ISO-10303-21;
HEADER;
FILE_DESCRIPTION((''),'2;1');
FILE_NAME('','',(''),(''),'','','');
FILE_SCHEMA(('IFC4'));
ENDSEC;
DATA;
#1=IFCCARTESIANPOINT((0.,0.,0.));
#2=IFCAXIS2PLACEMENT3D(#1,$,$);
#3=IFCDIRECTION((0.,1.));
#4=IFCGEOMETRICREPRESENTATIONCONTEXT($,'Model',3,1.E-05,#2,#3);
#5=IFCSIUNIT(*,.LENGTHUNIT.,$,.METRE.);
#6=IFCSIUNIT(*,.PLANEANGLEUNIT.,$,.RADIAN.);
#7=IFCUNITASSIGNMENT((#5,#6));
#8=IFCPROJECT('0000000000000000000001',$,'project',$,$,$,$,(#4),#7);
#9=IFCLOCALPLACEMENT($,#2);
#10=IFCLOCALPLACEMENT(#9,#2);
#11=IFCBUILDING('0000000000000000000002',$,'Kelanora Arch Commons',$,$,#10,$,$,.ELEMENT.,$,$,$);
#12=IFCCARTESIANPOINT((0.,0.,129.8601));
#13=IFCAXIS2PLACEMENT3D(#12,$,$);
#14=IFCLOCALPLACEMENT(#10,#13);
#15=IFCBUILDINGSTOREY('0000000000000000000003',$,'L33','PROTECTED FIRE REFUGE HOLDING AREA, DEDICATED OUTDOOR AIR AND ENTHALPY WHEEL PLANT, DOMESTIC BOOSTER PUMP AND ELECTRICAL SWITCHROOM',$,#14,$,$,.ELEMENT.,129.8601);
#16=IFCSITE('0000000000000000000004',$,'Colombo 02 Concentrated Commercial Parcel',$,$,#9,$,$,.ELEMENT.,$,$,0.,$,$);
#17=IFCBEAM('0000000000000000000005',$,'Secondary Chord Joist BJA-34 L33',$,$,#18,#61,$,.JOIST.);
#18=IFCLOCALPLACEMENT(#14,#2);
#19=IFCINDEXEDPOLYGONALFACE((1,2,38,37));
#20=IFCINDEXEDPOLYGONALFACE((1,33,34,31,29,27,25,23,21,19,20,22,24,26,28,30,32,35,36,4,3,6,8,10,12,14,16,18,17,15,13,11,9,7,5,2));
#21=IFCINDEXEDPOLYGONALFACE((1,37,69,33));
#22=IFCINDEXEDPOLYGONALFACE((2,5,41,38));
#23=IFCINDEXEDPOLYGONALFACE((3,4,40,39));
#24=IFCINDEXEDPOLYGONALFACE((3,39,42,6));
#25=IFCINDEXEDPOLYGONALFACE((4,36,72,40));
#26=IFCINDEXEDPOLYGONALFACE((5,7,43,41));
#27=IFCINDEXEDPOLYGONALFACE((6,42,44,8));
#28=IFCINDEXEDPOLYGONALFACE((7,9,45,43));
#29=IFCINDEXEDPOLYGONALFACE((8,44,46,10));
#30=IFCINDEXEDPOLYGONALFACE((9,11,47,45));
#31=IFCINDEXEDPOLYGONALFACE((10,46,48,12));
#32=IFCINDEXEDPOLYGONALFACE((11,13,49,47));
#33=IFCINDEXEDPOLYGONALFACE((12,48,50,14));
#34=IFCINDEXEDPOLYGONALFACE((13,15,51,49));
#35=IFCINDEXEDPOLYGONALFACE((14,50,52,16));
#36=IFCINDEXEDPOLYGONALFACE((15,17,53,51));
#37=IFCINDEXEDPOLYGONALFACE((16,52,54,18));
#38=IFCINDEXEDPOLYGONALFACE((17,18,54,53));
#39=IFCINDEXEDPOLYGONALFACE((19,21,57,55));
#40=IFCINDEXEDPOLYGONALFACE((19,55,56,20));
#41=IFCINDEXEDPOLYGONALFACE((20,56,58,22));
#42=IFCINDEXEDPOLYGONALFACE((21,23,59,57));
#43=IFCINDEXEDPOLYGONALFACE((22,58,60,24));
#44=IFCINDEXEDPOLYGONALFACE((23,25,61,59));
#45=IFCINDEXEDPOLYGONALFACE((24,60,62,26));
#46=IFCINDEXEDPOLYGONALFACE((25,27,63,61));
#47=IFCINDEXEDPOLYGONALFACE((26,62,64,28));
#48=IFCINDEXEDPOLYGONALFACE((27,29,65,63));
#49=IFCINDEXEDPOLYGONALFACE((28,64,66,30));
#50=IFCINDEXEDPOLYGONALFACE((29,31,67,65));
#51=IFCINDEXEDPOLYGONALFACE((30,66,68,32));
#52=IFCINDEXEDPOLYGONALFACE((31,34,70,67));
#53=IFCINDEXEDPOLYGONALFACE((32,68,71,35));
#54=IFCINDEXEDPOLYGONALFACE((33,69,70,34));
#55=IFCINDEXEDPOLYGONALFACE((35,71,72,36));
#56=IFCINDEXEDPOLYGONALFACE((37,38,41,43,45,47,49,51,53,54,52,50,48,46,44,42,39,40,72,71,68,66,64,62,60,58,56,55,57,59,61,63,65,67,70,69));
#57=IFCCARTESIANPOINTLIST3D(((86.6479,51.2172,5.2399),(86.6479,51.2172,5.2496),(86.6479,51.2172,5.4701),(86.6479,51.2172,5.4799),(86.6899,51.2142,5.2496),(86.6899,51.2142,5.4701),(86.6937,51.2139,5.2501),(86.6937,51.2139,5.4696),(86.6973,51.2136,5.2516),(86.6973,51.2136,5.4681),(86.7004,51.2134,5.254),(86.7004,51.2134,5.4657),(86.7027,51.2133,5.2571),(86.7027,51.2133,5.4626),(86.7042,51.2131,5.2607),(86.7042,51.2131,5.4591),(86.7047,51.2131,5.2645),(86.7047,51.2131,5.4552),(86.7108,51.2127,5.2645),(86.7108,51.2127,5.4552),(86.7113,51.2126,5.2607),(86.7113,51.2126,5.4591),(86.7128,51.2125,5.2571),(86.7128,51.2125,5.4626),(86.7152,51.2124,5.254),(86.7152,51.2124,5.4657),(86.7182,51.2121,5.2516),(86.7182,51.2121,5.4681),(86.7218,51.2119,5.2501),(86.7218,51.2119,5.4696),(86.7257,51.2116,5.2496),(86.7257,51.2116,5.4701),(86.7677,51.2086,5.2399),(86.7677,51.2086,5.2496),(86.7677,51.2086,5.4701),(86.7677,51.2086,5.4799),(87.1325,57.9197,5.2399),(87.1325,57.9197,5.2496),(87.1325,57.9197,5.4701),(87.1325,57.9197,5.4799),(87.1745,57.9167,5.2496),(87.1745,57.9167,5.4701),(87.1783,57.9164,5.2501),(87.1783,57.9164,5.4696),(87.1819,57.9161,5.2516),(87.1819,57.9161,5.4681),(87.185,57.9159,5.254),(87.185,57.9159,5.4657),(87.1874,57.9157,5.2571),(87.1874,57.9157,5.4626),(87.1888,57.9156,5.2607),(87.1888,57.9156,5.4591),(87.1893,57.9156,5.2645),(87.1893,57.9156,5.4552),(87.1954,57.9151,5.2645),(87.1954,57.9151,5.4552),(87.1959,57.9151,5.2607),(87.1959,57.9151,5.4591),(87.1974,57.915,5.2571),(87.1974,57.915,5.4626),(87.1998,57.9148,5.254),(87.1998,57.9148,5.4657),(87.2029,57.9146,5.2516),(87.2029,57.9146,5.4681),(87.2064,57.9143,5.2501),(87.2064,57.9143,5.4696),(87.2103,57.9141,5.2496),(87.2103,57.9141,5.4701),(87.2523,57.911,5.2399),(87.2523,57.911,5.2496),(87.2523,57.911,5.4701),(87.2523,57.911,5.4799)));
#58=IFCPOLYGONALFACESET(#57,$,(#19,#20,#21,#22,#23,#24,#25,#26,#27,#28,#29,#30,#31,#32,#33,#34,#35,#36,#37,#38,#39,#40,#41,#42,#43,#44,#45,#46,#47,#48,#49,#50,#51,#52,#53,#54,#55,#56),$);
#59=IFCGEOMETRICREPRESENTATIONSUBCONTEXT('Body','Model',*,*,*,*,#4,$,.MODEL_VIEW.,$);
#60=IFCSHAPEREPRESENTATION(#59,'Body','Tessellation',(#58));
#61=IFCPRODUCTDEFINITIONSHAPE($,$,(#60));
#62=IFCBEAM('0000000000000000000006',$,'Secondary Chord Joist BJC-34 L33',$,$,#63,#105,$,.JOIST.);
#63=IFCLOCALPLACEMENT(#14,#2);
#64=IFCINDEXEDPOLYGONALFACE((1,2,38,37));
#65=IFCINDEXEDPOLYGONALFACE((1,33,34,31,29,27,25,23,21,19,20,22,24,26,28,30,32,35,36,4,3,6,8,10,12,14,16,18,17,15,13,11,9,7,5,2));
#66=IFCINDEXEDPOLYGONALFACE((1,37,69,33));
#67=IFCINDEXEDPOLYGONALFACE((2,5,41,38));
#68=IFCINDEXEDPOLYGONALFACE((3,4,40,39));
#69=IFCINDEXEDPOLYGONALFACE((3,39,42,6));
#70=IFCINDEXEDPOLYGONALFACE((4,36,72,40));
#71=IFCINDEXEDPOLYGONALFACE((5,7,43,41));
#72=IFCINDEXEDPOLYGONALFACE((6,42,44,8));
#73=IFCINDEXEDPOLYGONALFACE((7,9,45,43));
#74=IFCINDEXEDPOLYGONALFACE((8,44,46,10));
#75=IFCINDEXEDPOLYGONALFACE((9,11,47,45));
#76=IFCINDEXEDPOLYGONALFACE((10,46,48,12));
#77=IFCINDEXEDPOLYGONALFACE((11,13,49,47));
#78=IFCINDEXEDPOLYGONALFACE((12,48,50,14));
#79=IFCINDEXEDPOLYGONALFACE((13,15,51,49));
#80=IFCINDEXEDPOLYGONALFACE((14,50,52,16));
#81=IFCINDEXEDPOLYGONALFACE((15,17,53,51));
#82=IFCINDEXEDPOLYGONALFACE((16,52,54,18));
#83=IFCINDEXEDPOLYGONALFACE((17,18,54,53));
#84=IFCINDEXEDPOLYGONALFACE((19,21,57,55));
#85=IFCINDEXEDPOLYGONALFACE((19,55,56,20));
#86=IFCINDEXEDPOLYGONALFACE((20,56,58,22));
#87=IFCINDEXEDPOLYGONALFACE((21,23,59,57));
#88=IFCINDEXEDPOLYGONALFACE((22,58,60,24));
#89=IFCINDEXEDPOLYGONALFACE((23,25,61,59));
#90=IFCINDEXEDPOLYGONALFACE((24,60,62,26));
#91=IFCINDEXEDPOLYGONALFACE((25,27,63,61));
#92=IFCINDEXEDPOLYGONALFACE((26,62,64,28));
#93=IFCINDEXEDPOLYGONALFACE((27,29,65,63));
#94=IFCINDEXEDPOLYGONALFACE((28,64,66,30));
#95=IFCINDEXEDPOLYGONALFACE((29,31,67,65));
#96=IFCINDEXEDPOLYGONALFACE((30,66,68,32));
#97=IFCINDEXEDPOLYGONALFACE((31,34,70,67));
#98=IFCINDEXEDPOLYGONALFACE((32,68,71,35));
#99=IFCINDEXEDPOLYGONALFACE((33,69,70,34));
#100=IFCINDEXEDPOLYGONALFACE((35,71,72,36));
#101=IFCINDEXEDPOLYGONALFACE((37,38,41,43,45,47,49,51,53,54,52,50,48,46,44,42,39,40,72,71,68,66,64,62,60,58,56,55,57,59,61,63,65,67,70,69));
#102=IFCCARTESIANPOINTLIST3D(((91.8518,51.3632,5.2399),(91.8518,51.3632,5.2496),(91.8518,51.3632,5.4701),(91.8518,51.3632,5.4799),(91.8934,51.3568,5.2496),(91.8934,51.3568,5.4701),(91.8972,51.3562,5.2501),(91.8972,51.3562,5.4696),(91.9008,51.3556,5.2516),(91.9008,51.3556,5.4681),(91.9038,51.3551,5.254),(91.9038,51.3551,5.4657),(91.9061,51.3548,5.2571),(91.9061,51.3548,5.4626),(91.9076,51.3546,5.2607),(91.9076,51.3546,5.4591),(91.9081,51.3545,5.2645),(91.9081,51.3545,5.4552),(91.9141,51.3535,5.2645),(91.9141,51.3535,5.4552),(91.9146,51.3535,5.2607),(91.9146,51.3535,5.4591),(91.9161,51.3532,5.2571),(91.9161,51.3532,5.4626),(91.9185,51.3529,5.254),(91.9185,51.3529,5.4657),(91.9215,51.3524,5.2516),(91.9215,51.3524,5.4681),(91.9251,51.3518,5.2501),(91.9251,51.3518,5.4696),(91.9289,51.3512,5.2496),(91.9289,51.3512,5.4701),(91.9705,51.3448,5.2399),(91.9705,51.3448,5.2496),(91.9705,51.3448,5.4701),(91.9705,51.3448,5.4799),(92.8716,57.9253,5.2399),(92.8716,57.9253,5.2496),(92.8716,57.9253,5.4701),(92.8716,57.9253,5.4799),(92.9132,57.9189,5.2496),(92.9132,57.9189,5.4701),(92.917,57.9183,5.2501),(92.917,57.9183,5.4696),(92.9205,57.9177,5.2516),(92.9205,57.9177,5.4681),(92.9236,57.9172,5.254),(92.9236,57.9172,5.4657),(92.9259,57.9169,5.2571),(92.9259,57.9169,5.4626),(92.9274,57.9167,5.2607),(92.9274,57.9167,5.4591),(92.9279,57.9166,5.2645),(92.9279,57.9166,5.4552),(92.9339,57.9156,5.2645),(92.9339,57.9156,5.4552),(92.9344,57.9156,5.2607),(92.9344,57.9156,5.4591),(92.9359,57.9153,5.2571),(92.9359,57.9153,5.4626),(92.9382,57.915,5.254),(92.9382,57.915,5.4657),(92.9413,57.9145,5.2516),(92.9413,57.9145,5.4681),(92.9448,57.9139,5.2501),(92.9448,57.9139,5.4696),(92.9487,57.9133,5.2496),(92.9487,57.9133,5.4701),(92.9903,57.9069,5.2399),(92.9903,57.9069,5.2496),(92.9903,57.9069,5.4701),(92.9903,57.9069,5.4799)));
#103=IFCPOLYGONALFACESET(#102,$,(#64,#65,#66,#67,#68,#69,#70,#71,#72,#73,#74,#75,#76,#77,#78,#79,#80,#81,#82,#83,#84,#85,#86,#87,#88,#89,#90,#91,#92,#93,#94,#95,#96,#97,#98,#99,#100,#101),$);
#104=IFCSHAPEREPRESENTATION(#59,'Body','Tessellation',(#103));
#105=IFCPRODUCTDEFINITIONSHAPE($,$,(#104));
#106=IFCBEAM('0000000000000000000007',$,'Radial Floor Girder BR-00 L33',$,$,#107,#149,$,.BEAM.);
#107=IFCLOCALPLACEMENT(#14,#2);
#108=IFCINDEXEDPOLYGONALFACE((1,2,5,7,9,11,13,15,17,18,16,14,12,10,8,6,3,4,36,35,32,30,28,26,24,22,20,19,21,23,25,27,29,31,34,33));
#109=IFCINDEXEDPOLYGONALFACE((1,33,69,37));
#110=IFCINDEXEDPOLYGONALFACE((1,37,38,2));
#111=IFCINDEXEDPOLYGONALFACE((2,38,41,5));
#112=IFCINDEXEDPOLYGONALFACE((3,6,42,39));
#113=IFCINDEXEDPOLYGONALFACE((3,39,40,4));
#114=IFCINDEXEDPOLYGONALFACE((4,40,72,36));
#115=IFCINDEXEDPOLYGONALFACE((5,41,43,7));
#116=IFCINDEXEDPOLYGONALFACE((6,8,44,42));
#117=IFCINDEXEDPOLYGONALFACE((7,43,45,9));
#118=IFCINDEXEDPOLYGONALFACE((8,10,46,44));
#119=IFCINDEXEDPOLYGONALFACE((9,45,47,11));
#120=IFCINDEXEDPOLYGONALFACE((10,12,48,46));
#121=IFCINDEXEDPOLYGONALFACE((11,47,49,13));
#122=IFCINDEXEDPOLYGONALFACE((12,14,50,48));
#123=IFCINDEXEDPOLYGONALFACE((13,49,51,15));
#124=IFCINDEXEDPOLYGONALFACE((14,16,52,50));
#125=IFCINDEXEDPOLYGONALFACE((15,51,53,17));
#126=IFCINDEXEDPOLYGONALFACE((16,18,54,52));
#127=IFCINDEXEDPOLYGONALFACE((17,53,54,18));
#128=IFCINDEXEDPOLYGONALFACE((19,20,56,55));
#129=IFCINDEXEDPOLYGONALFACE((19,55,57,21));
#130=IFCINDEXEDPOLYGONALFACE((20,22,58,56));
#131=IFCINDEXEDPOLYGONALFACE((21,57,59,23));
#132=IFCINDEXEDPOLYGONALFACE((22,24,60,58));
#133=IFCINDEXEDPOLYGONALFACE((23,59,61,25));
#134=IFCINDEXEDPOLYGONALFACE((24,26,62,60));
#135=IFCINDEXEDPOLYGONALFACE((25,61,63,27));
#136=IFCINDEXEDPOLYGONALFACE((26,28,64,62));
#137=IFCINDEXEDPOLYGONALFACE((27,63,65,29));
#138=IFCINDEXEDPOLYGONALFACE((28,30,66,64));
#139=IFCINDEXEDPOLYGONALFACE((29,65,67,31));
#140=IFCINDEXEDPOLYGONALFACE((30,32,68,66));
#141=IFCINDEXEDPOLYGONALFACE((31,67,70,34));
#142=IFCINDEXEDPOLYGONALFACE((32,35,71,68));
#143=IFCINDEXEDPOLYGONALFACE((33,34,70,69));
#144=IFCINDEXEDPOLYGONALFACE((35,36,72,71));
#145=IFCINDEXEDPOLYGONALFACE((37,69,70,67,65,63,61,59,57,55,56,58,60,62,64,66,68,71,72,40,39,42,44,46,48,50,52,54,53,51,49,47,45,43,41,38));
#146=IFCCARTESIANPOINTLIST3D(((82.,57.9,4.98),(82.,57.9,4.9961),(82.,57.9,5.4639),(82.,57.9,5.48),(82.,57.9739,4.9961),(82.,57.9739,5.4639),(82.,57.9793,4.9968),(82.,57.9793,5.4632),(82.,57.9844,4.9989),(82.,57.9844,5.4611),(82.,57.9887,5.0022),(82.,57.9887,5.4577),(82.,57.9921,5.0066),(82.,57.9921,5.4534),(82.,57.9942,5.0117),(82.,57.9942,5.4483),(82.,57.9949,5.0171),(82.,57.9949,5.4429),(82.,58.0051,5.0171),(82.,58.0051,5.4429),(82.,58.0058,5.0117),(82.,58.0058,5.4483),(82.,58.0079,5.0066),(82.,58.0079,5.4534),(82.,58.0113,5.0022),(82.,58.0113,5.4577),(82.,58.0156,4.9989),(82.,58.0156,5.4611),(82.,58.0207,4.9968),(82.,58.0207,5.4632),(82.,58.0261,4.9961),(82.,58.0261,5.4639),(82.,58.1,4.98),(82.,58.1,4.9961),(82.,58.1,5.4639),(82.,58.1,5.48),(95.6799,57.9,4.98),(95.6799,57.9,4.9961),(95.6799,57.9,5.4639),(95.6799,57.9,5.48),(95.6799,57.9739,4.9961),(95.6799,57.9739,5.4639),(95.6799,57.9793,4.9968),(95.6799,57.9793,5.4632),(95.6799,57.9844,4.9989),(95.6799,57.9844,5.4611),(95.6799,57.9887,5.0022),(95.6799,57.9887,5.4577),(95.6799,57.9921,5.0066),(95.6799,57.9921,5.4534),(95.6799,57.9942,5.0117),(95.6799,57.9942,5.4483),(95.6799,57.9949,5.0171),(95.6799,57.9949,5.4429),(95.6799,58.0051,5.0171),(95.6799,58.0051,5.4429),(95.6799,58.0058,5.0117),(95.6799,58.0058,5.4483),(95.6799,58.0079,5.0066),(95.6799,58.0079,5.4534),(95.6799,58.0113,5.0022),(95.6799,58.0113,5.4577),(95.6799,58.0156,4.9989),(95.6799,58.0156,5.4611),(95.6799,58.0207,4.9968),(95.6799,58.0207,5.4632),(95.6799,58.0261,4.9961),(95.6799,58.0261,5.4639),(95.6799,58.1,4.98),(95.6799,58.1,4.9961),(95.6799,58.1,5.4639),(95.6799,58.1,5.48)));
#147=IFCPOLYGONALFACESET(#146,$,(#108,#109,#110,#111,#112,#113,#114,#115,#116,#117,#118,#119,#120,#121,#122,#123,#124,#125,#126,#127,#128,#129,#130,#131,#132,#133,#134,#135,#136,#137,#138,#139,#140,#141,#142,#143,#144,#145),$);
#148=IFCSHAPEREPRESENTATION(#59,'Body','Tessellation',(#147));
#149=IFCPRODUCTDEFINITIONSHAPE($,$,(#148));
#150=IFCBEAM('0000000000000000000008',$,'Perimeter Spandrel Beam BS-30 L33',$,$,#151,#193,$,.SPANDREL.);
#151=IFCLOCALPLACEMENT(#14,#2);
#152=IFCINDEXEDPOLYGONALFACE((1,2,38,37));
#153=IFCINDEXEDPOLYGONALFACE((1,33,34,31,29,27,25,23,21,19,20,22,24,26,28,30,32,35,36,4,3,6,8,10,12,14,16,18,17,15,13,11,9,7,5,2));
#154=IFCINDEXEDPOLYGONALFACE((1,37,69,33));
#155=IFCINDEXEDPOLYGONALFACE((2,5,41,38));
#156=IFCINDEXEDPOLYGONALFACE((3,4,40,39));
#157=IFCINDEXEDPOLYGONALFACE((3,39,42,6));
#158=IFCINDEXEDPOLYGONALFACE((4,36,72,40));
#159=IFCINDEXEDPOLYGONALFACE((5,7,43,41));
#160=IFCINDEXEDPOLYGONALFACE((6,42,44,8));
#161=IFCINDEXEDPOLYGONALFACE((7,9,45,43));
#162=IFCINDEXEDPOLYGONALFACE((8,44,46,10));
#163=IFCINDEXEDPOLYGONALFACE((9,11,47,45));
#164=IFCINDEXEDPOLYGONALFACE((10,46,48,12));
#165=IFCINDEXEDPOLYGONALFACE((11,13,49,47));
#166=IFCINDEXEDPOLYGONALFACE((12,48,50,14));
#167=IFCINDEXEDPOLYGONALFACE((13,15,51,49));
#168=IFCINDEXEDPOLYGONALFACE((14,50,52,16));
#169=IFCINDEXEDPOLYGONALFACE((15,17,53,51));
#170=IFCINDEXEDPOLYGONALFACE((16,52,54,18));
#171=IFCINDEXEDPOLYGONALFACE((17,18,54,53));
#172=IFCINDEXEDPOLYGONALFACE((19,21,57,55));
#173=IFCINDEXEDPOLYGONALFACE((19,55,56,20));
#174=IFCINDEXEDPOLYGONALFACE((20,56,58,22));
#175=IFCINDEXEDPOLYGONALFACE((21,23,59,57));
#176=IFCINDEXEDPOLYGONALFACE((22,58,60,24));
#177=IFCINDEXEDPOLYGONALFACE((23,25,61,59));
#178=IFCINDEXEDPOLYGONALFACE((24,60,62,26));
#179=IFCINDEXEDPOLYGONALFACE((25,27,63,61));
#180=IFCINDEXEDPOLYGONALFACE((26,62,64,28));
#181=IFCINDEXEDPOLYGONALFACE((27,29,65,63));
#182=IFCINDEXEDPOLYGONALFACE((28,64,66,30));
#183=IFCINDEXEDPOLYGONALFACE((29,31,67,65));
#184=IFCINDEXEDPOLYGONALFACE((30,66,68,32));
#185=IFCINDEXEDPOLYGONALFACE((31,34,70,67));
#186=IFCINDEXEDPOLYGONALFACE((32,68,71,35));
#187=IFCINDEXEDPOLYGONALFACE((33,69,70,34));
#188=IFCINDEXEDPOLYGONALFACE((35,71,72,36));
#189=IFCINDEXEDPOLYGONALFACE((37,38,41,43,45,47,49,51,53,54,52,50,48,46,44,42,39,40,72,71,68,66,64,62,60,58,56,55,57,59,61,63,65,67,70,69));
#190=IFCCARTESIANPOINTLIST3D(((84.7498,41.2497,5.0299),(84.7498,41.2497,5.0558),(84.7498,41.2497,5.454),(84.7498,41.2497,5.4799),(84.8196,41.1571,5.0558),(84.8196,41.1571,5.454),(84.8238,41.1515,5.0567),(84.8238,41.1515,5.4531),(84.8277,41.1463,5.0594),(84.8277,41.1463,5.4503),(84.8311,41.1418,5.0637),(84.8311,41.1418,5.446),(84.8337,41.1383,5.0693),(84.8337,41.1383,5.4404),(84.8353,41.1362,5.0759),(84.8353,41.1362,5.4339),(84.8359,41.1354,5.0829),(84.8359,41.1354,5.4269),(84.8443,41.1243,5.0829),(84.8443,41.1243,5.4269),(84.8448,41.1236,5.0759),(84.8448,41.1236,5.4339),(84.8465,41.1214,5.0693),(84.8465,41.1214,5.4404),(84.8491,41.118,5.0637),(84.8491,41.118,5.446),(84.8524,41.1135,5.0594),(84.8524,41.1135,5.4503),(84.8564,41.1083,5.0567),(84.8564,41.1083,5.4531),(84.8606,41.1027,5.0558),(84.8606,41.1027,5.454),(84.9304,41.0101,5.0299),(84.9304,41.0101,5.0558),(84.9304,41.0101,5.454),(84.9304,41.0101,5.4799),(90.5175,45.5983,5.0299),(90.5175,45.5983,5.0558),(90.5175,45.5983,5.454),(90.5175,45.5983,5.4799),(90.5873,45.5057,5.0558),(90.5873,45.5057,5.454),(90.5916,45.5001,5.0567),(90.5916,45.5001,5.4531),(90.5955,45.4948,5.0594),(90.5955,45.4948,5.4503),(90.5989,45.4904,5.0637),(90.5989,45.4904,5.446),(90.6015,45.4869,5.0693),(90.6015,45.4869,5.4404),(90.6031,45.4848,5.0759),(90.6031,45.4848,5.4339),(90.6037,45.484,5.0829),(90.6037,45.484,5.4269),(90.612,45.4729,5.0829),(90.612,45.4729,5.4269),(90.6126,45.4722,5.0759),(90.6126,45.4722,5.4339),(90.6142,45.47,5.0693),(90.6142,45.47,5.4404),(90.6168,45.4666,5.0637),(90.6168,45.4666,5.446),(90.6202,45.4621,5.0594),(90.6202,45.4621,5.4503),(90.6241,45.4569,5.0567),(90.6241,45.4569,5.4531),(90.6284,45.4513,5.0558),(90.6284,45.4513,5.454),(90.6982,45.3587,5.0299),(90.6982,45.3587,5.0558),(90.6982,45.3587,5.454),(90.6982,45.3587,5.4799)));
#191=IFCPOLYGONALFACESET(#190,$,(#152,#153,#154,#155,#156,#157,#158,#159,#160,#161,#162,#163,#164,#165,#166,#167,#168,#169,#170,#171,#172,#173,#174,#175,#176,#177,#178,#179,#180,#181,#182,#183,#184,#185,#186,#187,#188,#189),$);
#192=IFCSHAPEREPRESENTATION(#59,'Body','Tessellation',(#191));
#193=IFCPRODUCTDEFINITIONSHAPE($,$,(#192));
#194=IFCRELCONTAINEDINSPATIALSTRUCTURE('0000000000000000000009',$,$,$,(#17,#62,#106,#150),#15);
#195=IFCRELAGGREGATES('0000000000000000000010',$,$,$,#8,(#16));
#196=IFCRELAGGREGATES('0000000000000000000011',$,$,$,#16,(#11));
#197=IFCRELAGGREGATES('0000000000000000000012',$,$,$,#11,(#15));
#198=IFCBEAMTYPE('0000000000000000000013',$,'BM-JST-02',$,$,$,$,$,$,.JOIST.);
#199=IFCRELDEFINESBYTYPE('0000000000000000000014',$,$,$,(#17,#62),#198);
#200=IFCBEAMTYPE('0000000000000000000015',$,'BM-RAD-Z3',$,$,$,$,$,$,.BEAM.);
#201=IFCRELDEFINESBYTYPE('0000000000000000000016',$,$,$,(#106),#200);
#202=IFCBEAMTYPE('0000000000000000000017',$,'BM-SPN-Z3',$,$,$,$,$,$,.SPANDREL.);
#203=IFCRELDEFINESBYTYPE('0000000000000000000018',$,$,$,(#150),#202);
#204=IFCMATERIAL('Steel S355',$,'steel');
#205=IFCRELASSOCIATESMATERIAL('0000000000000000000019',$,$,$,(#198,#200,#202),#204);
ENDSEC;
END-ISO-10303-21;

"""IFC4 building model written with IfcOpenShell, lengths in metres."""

from ifc_helpers import new_model, si_unit, direction, frame, origin, origin_2d, place, context, subcontext, project, spatial, i_section, extrude, material, material_profile, profile_set, type_object, element, save


model = new_model("IFC4")

# Units and contexts
model_context = context("Model", 3, precision=1e-05, world=origin(), true_north=direction((0.0, 1.0)))
body_context = subcontext(model_context, "Body", "Model", "MODEL_VIEW")
ifc_project = project(units=[si_unit("LENGTHUNIT", "METRE"), si_unit("PLANEANGLEUNIT", "RADIAN")], contexts=[model_context])

# Site, building, storey
site_placement = place(None, origin())
site = spatial("IfcSite", under=ifc_project, at=site_placement, Name="Colombo 02 Concentrated Commercial Parcel", CompositionType="ELEMENT", RefElevation=0.0)
building_placement = place(site_placement, origin())
building = spatial("IfcBuilding", under=site, at=building_placement, Name="Kelanora Arch Commons", CompositionType="ELEMENT")
storey_placement = place(building_placement, frame((0.0, 0.0, 129.8601)))
storey = spatial("IfcBuildingStorey", under=building, at=storey_placement, Name="L33", Description="PROTECTED FIRE REFUGE HOLDING AREA, DEDICATED OUTDOOR AIR AND ENTHALPY WHEEL PLANT, DOMESTIC BOOSTER PUMP AND ELECTRICAL SWITCHROOM", CompositionType="ELEMENT", Elevation=129.8601)

# Beams
ifc_material_1 = material(Name="Steel S355", Category="steel")
ifc_material_profile_1 = material_profile(ifc_material_1, i_section(OverallWidth=0.1201, OverallDepth=0.24, WebThickness=0.0061, FlangeThickness=0.0098, FilletRadius=0.0149, at=origin_2d()), Name="IPE240")
ifc_profile_set_1 = profile_set([ifc_material_profile_1], Name="Steel S355")
beam_type_1 = type_object("IfcBeamType", Name="BM-JST-02", PredefinedType="JOIST", material=ifc_profile_set_1)
beam_1_placement = place(storey_placement, frame((86.7078, 51.2129, 5.3599), z_axis=(0.072117, 0.997396, 0.0), x_axis=(-0.997396, 0.072117, 0.0)))
element("IfcBeam", 1, at=beam_1_placement, inside=storey, type_object=beam_type_1, Name="Secondary Chord Joist BJA-34 L33", PredefinedType="JOIST", context=body_context, shape_type="SweptSolid", body=[
    extrude(i_section(OverallWidth=0.1201, OverallDepth=0.24, WebThickness=0.0061, FlangeThickness=0.0098, FilletRadius=0.0149, at=origin_2d()), origin(), (0.0, 0.0, 1.0), 6.72),
])
beam_2_placement = place(storey_placement, frame((91.9111, 51.354, 5.3599), z_axis=(0.153563, 0.988139, 0.0), x_axis=(-0.988139, 0.153563, 0.0)))
element("IfcBeam", 2, at=beam_2_placement, inside=storey, type_object=beam_type_1, Name="Secondary Chord Joist BJC-34 L33", PredefinedType="JOIST", context=body_context, shape_type="SweptSolid", body=[
    extrude(i_section(OverallWidth=0.1201, OverallDepth=0.24, WebThickness=0.0061, FlangeThickness=0.0098, FilletRadius=0.0149, at=origin_2d()), origin(), (0.0, 0.0, 1.0), 6.6409),
])
ifc_material_profile_2 = material_profile(ifc_material_1, i_section(OverallWidth=0.2, OverallDepth=0.5, WebThickness=0.0103, FlangeThickness=0.0161, FilletRadius=0.021, at=origin_2d()), Name="IPE500")
ifc_profile_set_2 = profile_set([ifc_material_profile_2], Name="Steel S355")
beam_type_2 = type_object("IfcBeamType", Name="BM-RAD-Z3", PredefinedType="BEAM", material=ifc_profile_set_2)
beam_3_placement = place(storey_placement, frame((82.0, 58.0, 5.23), z_axis=(1.0, 0.0, 0.0), x_axis=(0.0, 1.0, 0.0)))
element("IfcBeam", 3, at=beam_3_placement, inside=storey, type_object=beam_type_2, Name="Radial Floor Girder BR-00 L33", PredefinedType="BEAM", context=body_context, shape_type="SweptSolid", body=[
    extrude(i_section(OverallWidth=0.2, OverallDepth=0.5, WebThickness=0.0103, FlangeThickness=0.0161, FilletRadius=0.021, at=origin_2d()), origin(), (0.0, 0.0, 1.0), 13.6799),
])
ifc_material_profile_3 = material_profile(ifc_material_1, i_section(OverallWidth=0.3, OverallDepth=0.45, WebThickness=0.0139, FlangeThickness=0.0259, FilletRadius=0.0271, at=origin_2d()), Name="HEB450")
ifc_profile_set_3 = profile_set([ifc_material_profile_3], Name="Steel S355")
beam_type_3 = type_object("IfcBeamType", Name="BM-SPN-Z3", PredefinedType="SPANDREL", material=ifc_profile_set_3)
beam_4_placement = place(storey_placement, frame((84.8401, 41.1299, 5.2549), z_axis=(0.798485, 0.602015, 0.0), x_axis=(-0.602015, 0.798485, 0.0)))
element("IfcBeam", 4, at=beam_4_placement, inside=storey, type_object=beam_type_3, Name="Perimeter Spandrel Beam BS-30 L33", PredefinedType="SPANDREL", context=body_context, shape_type="SweptSolid", body=[
    extrude(i_section(OverallWidth=0.3, OverallDepth=0.45, WebThickness=0.0139, FlangeThickness=0.0259, FilletRadius=0.0271, at=origin_2d()), origin(), (0.0, 0.0, 1.0), 7.2234),
])

save(model, "model.ifc")
